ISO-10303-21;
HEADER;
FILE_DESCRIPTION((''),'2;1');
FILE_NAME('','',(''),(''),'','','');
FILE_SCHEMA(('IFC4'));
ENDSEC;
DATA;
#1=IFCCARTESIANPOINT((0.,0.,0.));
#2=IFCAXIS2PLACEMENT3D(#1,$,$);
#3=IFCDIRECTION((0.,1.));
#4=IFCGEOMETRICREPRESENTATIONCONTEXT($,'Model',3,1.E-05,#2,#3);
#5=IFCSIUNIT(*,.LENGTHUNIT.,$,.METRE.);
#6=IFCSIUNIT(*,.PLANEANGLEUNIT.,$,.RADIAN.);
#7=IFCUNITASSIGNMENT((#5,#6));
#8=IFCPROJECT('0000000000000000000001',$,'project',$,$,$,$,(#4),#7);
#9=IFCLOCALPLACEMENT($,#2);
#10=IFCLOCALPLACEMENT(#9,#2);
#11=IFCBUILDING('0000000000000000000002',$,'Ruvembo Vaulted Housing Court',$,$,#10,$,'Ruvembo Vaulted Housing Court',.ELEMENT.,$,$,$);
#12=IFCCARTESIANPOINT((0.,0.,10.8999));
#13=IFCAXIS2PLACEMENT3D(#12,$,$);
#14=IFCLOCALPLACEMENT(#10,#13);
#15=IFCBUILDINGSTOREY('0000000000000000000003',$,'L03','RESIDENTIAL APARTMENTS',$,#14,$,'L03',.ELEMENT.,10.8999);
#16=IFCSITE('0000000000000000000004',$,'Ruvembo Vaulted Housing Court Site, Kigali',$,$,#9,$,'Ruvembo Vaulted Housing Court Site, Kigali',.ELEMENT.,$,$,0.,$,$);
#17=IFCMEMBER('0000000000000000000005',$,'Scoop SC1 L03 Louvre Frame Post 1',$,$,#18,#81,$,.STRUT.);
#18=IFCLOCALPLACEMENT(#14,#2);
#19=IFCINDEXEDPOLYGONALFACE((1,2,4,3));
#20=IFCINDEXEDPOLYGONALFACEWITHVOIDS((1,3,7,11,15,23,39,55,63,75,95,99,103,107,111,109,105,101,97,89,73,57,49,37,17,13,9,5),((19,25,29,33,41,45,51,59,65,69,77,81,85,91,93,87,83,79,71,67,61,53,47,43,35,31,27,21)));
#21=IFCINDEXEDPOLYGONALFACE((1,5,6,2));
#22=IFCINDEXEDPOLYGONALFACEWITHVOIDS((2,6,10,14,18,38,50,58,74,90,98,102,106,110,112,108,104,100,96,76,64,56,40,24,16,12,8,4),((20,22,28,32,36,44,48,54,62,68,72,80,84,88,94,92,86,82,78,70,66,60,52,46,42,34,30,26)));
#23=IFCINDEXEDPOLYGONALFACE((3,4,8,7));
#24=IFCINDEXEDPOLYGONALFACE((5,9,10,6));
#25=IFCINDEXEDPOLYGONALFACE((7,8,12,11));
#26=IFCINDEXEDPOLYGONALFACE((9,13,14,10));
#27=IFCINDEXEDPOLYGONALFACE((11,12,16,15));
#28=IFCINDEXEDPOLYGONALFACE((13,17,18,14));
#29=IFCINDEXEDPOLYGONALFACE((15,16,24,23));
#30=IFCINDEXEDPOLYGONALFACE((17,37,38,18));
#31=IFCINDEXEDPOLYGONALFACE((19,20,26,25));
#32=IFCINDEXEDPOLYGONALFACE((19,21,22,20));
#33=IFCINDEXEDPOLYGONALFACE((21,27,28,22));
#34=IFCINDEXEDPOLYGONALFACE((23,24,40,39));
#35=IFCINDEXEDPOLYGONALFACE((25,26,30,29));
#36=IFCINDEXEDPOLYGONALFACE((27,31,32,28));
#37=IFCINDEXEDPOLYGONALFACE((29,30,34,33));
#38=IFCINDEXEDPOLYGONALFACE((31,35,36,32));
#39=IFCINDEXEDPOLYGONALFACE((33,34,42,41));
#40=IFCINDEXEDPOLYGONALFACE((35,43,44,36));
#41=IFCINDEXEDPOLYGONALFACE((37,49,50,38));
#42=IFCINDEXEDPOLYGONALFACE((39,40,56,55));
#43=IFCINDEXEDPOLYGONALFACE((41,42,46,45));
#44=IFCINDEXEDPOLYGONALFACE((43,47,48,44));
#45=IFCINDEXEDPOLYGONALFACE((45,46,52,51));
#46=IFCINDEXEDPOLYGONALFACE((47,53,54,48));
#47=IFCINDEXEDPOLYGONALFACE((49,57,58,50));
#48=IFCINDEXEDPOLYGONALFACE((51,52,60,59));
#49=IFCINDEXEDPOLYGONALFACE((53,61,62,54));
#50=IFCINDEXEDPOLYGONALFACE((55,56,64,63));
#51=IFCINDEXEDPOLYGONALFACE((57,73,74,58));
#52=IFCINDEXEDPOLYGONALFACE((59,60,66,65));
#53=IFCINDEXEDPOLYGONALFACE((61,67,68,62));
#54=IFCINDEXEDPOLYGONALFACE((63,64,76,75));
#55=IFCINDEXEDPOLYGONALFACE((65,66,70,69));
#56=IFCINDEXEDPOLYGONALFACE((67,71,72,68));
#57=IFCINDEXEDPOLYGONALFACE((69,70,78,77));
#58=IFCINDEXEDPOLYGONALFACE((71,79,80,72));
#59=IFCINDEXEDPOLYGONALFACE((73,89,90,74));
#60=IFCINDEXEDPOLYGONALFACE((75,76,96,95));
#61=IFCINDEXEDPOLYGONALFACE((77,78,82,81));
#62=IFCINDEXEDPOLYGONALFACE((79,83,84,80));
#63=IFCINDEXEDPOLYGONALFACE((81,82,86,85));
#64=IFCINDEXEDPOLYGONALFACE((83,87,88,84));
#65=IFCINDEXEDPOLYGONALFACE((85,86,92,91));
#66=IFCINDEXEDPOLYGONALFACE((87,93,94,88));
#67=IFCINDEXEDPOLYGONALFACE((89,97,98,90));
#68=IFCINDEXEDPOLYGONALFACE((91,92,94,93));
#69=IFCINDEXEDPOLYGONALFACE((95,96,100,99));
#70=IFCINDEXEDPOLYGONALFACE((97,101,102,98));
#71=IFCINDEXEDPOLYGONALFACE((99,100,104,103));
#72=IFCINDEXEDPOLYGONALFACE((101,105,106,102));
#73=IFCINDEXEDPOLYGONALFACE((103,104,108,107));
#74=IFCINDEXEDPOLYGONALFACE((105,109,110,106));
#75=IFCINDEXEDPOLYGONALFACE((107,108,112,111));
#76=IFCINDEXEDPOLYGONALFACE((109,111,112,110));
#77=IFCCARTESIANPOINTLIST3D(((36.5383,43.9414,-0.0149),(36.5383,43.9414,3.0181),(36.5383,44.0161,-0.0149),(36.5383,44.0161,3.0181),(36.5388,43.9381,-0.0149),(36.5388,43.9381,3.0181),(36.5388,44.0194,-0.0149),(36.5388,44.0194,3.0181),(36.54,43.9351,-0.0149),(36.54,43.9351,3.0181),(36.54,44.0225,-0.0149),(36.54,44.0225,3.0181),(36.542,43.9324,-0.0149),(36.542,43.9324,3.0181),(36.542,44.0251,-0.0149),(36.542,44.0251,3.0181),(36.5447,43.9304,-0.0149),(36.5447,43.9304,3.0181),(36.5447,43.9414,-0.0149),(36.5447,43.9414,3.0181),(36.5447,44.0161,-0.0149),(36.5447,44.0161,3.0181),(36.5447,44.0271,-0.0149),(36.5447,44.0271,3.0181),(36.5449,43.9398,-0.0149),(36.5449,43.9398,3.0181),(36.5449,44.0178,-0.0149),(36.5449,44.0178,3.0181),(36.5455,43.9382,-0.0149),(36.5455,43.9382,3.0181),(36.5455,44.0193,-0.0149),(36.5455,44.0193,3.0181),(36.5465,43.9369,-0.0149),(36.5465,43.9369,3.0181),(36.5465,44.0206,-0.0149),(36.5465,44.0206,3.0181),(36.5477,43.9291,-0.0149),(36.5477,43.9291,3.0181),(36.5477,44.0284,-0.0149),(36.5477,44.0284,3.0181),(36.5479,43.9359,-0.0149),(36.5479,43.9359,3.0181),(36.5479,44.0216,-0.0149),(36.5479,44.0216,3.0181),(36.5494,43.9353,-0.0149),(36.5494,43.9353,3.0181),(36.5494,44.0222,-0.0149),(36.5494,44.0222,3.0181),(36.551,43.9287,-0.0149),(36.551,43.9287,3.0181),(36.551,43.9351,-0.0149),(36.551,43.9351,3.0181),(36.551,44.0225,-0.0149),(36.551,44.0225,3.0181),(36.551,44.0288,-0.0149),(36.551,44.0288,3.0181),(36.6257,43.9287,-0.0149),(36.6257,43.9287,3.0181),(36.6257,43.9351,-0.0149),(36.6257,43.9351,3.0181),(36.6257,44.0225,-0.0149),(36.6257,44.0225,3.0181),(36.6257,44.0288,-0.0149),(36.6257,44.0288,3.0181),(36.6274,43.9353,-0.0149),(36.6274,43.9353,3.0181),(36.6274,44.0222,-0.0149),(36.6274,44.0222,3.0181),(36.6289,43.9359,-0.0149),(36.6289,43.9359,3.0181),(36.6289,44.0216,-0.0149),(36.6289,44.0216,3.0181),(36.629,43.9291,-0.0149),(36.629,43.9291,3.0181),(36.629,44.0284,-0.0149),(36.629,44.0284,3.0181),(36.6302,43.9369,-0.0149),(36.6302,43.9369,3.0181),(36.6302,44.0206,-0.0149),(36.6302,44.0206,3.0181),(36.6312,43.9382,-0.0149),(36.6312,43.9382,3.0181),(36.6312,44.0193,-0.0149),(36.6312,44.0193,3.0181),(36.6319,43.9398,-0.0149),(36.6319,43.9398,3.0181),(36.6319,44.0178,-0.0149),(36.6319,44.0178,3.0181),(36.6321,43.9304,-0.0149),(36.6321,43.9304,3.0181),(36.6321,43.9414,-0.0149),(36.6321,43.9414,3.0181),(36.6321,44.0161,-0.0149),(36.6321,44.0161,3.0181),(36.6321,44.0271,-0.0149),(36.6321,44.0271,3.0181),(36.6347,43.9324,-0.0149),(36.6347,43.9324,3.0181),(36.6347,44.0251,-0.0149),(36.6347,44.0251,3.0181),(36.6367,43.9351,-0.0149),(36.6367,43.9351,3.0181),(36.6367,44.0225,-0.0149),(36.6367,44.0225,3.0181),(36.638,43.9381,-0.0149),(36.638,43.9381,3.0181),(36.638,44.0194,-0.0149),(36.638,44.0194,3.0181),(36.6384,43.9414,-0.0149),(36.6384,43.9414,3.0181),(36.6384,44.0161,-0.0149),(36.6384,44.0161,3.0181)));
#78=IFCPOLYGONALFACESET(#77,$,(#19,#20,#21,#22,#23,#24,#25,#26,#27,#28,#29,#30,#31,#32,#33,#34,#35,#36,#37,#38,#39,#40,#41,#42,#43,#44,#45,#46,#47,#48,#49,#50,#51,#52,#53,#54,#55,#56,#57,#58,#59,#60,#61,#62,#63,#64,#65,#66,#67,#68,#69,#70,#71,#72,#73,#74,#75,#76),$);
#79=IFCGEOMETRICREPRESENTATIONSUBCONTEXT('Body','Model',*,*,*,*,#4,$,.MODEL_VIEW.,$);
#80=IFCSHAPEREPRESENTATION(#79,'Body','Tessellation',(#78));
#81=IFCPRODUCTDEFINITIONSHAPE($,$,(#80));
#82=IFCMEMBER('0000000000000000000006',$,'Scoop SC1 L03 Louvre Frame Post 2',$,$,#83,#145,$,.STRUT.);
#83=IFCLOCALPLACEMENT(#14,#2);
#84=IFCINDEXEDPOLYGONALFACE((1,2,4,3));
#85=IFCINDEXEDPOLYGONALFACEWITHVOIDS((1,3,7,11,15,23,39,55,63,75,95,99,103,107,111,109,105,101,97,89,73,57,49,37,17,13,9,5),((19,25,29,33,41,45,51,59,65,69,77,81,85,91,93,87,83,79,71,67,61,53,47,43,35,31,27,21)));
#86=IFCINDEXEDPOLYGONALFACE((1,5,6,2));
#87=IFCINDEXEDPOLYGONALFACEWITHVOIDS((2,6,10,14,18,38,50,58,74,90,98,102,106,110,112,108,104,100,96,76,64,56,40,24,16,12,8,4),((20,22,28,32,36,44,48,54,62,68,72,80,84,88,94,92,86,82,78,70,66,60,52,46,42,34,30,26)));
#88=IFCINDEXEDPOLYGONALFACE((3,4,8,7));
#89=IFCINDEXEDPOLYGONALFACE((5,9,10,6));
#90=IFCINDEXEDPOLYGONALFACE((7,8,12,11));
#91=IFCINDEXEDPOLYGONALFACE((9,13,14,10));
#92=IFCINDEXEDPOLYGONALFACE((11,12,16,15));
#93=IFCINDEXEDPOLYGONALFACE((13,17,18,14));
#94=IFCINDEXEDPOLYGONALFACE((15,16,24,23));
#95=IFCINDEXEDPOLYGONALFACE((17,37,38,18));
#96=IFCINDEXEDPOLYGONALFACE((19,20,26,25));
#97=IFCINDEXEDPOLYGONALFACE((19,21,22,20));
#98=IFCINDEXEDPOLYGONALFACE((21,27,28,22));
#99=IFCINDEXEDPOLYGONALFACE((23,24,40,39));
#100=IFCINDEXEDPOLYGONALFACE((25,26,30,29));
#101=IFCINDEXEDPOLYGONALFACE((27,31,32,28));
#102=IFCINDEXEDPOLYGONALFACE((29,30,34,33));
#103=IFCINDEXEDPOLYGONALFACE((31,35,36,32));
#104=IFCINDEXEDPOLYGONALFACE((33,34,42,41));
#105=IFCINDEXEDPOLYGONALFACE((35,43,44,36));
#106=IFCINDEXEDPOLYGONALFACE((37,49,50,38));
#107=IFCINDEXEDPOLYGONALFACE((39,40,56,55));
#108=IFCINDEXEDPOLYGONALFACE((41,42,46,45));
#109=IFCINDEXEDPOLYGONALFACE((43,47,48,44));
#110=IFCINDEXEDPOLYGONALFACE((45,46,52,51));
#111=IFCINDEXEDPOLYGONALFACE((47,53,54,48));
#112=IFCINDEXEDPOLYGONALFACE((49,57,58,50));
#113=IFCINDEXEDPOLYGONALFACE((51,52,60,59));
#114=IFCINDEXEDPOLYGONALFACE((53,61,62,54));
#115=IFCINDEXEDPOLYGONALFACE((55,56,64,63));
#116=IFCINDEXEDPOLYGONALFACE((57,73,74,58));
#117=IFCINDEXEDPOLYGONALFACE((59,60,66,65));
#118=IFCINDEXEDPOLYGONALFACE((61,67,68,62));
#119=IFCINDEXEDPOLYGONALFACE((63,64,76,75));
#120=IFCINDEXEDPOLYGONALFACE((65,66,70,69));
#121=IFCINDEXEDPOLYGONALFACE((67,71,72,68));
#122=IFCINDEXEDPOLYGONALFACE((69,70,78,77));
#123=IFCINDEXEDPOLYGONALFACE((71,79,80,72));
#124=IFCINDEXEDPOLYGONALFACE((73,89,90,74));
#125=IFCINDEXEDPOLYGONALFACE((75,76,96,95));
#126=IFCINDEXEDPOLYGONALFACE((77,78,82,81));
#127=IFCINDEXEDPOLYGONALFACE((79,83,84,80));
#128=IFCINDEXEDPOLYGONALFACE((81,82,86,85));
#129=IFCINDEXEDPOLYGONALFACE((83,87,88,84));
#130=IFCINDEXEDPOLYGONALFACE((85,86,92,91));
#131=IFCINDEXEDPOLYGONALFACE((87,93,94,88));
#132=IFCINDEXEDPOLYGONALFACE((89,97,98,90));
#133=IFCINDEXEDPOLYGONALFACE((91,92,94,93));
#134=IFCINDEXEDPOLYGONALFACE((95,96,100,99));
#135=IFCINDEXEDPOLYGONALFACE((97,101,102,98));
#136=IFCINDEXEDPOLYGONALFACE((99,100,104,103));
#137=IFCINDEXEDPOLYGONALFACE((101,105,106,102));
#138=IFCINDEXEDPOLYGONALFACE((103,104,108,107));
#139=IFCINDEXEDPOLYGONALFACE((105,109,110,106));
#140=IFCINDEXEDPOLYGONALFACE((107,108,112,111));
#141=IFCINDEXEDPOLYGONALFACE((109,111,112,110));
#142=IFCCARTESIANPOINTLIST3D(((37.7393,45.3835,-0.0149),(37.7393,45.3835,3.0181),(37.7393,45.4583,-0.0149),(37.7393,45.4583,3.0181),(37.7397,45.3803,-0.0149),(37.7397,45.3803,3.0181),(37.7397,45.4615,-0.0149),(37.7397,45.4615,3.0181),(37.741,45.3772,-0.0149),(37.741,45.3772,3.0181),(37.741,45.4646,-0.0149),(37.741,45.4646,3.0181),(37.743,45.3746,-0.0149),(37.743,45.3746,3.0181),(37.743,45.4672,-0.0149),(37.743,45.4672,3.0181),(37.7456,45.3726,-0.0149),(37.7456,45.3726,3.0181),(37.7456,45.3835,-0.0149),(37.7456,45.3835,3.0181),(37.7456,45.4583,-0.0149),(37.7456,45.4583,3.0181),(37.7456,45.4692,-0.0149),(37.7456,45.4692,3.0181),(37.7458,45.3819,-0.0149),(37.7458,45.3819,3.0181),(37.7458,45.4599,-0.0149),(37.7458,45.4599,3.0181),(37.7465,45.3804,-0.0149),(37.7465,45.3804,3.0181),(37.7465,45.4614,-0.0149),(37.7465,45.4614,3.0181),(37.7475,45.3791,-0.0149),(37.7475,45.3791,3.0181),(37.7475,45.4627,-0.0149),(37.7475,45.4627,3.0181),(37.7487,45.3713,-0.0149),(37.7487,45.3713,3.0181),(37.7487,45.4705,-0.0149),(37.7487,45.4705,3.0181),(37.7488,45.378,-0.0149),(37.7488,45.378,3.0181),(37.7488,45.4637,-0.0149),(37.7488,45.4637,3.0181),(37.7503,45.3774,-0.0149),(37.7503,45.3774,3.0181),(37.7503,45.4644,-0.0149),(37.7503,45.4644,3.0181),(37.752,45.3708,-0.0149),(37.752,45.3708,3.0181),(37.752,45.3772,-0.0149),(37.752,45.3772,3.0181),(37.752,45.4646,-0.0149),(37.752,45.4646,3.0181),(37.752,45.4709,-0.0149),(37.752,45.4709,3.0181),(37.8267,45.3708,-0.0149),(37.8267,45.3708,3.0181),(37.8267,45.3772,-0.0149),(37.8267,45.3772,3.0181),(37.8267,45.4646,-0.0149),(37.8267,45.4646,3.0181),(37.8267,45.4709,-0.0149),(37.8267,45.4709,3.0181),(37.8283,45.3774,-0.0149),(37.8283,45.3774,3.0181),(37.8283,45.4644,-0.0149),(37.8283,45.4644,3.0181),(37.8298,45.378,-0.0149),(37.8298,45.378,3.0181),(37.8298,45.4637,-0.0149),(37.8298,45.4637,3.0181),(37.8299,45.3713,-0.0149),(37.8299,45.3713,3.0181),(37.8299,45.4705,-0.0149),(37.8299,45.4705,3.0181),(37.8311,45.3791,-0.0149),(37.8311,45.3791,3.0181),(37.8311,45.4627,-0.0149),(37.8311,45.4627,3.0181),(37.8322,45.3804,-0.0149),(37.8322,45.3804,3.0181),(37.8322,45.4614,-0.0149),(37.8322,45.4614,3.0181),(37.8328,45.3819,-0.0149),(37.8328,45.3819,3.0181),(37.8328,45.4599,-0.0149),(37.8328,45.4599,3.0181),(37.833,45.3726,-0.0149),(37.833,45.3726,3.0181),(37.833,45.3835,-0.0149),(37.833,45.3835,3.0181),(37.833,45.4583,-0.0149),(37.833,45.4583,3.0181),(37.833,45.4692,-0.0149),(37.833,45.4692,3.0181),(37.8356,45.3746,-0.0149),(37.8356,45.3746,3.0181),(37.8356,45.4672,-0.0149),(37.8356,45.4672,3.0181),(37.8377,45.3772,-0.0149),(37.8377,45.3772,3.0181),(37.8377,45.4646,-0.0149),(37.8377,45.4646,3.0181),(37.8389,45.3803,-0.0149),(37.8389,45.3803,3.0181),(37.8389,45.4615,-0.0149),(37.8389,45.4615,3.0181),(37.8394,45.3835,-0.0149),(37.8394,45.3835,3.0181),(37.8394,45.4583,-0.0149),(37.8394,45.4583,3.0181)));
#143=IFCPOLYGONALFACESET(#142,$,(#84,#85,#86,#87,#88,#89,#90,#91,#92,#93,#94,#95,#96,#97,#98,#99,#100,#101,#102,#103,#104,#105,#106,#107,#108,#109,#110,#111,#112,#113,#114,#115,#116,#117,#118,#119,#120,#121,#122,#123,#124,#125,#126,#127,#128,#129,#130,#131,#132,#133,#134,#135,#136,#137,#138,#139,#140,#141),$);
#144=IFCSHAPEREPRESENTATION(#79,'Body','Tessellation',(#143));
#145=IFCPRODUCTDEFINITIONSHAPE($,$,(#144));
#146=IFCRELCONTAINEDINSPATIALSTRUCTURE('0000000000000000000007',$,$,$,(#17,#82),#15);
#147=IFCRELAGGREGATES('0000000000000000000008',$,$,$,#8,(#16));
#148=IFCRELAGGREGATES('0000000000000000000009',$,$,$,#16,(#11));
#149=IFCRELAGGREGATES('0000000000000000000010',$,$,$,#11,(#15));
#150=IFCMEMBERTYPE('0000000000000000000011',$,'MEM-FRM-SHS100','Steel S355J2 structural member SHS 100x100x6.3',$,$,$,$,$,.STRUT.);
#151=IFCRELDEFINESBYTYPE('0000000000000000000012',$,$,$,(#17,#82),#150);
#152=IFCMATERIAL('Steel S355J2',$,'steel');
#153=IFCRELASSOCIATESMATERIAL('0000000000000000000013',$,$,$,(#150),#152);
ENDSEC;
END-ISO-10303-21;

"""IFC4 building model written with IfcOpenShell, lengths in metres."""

from ifc_helpers import new_model, si_unit, direction, frame, origin, origin_2d, place, context, subcontext, project, spatial, hollow_rectangle, extrude, material, material_profile, profile_set, type_object, element, save


model = new_model("IFC4")

# Units and contexts
model_context = context("Model", 3, precision=1e-05, world=origin(), true_north=direction((0.0, 1.0)))
body_context = subcontext(model_context, "Body", "Model", "MODEL_VIEW")
ifc_project = project(units=[si_unit("LENGTHUNIT", "METRE"), si_unit("PLANEANGLEUNIT", "RADIAN")], contexts=[model_context])

# Site, building, storey
site_placement = place(None, origin())
site = spatial("IfcSite", under=ifc_project, at=site_placement, Name="Ruvembo Vaulted Housing Court Site, Kigali", LongName="Ruvembo Vaulted Housing Court Site, Kigali", CompositionType="ELEMENT", RefElevation=0.0)
building_placement = place(site_placement, origin())
building = spatial("IfcBuilding", under=site, at=building_placement, Name="Ruvembo Vaulted Housing Court", LongName="Ruvembo Vaulted Housing Court", CompositionType="ELEMENT")
storey_placement = place(building_placement, frame((0.0, 0.0, 10.8999)))
storey = spatial("IfcBuildingStorey", under=building, at=storey_placement, Name="L03", Description="RESIDENTIAL APARTMENTS", LongName="L03", CompositionType="ELEMENT", Elevation=10.8999)

# Shared definitions
ifc_material_1 = material(Name="Steel S355J2", Category="steel")

# Members
ifc_material_profile_1 = material_profile(ifc_material_1, hollow_rectangle(XDim=0.1001, YDim=0.1001, WallThickness=0.0063, InnerFilletRadius=0.0063, OuterFilletRadius=0.0127, at=origin_2d()), Name="SHS 100x100x6.3")
ifc_profile_set_1 = profile_set([ifc_material_profile_1], Name="Steel S355J2")
member_type_1 = type_object("IfcMemberType", Name="MEM-FRM-SHS100", Description="Steel S355J2 structural member SHS 100x100x6.3", PredefinedType="STRUT", material=ifc_profile_set_1)
for number, where, z_axis, x_axis, name in (
    (1, (36.5884, 43.9788, -0.0149), (0.0, 0.0, 1.0), (1.0, 0.0, 0.0), "Scoop SC1 L03 Louvre Frame Post 1"),
    (2, (37.7893, 45.4209, -0.0149), (0.0, 0.0, 1.0), (1.0, 0.0, 0.0), "Scoop SC1 L03 Louvre Frame Post 2"),
):
    element("IfcMember", number, at=place(storey_placement, frame(where, z_axis=z_axis, x_axis=x_axis)), inside=storey, type_object=member_type_1, Name=name, PredefinedType="STRUT", context=body_context, shape_type="SweptSolid", body=[
        extrude(hollow_rectangle(XDim=0.1001, YDim=0.1001, WallThickness=0.0063, InnerFilletRadius=0.0063, OuterFilletRadius=0.0127, at=origin_2d()), origin(), (0.0, 0.0, 1.0), 3.033),
    ])

save(model, "model.ifc")
